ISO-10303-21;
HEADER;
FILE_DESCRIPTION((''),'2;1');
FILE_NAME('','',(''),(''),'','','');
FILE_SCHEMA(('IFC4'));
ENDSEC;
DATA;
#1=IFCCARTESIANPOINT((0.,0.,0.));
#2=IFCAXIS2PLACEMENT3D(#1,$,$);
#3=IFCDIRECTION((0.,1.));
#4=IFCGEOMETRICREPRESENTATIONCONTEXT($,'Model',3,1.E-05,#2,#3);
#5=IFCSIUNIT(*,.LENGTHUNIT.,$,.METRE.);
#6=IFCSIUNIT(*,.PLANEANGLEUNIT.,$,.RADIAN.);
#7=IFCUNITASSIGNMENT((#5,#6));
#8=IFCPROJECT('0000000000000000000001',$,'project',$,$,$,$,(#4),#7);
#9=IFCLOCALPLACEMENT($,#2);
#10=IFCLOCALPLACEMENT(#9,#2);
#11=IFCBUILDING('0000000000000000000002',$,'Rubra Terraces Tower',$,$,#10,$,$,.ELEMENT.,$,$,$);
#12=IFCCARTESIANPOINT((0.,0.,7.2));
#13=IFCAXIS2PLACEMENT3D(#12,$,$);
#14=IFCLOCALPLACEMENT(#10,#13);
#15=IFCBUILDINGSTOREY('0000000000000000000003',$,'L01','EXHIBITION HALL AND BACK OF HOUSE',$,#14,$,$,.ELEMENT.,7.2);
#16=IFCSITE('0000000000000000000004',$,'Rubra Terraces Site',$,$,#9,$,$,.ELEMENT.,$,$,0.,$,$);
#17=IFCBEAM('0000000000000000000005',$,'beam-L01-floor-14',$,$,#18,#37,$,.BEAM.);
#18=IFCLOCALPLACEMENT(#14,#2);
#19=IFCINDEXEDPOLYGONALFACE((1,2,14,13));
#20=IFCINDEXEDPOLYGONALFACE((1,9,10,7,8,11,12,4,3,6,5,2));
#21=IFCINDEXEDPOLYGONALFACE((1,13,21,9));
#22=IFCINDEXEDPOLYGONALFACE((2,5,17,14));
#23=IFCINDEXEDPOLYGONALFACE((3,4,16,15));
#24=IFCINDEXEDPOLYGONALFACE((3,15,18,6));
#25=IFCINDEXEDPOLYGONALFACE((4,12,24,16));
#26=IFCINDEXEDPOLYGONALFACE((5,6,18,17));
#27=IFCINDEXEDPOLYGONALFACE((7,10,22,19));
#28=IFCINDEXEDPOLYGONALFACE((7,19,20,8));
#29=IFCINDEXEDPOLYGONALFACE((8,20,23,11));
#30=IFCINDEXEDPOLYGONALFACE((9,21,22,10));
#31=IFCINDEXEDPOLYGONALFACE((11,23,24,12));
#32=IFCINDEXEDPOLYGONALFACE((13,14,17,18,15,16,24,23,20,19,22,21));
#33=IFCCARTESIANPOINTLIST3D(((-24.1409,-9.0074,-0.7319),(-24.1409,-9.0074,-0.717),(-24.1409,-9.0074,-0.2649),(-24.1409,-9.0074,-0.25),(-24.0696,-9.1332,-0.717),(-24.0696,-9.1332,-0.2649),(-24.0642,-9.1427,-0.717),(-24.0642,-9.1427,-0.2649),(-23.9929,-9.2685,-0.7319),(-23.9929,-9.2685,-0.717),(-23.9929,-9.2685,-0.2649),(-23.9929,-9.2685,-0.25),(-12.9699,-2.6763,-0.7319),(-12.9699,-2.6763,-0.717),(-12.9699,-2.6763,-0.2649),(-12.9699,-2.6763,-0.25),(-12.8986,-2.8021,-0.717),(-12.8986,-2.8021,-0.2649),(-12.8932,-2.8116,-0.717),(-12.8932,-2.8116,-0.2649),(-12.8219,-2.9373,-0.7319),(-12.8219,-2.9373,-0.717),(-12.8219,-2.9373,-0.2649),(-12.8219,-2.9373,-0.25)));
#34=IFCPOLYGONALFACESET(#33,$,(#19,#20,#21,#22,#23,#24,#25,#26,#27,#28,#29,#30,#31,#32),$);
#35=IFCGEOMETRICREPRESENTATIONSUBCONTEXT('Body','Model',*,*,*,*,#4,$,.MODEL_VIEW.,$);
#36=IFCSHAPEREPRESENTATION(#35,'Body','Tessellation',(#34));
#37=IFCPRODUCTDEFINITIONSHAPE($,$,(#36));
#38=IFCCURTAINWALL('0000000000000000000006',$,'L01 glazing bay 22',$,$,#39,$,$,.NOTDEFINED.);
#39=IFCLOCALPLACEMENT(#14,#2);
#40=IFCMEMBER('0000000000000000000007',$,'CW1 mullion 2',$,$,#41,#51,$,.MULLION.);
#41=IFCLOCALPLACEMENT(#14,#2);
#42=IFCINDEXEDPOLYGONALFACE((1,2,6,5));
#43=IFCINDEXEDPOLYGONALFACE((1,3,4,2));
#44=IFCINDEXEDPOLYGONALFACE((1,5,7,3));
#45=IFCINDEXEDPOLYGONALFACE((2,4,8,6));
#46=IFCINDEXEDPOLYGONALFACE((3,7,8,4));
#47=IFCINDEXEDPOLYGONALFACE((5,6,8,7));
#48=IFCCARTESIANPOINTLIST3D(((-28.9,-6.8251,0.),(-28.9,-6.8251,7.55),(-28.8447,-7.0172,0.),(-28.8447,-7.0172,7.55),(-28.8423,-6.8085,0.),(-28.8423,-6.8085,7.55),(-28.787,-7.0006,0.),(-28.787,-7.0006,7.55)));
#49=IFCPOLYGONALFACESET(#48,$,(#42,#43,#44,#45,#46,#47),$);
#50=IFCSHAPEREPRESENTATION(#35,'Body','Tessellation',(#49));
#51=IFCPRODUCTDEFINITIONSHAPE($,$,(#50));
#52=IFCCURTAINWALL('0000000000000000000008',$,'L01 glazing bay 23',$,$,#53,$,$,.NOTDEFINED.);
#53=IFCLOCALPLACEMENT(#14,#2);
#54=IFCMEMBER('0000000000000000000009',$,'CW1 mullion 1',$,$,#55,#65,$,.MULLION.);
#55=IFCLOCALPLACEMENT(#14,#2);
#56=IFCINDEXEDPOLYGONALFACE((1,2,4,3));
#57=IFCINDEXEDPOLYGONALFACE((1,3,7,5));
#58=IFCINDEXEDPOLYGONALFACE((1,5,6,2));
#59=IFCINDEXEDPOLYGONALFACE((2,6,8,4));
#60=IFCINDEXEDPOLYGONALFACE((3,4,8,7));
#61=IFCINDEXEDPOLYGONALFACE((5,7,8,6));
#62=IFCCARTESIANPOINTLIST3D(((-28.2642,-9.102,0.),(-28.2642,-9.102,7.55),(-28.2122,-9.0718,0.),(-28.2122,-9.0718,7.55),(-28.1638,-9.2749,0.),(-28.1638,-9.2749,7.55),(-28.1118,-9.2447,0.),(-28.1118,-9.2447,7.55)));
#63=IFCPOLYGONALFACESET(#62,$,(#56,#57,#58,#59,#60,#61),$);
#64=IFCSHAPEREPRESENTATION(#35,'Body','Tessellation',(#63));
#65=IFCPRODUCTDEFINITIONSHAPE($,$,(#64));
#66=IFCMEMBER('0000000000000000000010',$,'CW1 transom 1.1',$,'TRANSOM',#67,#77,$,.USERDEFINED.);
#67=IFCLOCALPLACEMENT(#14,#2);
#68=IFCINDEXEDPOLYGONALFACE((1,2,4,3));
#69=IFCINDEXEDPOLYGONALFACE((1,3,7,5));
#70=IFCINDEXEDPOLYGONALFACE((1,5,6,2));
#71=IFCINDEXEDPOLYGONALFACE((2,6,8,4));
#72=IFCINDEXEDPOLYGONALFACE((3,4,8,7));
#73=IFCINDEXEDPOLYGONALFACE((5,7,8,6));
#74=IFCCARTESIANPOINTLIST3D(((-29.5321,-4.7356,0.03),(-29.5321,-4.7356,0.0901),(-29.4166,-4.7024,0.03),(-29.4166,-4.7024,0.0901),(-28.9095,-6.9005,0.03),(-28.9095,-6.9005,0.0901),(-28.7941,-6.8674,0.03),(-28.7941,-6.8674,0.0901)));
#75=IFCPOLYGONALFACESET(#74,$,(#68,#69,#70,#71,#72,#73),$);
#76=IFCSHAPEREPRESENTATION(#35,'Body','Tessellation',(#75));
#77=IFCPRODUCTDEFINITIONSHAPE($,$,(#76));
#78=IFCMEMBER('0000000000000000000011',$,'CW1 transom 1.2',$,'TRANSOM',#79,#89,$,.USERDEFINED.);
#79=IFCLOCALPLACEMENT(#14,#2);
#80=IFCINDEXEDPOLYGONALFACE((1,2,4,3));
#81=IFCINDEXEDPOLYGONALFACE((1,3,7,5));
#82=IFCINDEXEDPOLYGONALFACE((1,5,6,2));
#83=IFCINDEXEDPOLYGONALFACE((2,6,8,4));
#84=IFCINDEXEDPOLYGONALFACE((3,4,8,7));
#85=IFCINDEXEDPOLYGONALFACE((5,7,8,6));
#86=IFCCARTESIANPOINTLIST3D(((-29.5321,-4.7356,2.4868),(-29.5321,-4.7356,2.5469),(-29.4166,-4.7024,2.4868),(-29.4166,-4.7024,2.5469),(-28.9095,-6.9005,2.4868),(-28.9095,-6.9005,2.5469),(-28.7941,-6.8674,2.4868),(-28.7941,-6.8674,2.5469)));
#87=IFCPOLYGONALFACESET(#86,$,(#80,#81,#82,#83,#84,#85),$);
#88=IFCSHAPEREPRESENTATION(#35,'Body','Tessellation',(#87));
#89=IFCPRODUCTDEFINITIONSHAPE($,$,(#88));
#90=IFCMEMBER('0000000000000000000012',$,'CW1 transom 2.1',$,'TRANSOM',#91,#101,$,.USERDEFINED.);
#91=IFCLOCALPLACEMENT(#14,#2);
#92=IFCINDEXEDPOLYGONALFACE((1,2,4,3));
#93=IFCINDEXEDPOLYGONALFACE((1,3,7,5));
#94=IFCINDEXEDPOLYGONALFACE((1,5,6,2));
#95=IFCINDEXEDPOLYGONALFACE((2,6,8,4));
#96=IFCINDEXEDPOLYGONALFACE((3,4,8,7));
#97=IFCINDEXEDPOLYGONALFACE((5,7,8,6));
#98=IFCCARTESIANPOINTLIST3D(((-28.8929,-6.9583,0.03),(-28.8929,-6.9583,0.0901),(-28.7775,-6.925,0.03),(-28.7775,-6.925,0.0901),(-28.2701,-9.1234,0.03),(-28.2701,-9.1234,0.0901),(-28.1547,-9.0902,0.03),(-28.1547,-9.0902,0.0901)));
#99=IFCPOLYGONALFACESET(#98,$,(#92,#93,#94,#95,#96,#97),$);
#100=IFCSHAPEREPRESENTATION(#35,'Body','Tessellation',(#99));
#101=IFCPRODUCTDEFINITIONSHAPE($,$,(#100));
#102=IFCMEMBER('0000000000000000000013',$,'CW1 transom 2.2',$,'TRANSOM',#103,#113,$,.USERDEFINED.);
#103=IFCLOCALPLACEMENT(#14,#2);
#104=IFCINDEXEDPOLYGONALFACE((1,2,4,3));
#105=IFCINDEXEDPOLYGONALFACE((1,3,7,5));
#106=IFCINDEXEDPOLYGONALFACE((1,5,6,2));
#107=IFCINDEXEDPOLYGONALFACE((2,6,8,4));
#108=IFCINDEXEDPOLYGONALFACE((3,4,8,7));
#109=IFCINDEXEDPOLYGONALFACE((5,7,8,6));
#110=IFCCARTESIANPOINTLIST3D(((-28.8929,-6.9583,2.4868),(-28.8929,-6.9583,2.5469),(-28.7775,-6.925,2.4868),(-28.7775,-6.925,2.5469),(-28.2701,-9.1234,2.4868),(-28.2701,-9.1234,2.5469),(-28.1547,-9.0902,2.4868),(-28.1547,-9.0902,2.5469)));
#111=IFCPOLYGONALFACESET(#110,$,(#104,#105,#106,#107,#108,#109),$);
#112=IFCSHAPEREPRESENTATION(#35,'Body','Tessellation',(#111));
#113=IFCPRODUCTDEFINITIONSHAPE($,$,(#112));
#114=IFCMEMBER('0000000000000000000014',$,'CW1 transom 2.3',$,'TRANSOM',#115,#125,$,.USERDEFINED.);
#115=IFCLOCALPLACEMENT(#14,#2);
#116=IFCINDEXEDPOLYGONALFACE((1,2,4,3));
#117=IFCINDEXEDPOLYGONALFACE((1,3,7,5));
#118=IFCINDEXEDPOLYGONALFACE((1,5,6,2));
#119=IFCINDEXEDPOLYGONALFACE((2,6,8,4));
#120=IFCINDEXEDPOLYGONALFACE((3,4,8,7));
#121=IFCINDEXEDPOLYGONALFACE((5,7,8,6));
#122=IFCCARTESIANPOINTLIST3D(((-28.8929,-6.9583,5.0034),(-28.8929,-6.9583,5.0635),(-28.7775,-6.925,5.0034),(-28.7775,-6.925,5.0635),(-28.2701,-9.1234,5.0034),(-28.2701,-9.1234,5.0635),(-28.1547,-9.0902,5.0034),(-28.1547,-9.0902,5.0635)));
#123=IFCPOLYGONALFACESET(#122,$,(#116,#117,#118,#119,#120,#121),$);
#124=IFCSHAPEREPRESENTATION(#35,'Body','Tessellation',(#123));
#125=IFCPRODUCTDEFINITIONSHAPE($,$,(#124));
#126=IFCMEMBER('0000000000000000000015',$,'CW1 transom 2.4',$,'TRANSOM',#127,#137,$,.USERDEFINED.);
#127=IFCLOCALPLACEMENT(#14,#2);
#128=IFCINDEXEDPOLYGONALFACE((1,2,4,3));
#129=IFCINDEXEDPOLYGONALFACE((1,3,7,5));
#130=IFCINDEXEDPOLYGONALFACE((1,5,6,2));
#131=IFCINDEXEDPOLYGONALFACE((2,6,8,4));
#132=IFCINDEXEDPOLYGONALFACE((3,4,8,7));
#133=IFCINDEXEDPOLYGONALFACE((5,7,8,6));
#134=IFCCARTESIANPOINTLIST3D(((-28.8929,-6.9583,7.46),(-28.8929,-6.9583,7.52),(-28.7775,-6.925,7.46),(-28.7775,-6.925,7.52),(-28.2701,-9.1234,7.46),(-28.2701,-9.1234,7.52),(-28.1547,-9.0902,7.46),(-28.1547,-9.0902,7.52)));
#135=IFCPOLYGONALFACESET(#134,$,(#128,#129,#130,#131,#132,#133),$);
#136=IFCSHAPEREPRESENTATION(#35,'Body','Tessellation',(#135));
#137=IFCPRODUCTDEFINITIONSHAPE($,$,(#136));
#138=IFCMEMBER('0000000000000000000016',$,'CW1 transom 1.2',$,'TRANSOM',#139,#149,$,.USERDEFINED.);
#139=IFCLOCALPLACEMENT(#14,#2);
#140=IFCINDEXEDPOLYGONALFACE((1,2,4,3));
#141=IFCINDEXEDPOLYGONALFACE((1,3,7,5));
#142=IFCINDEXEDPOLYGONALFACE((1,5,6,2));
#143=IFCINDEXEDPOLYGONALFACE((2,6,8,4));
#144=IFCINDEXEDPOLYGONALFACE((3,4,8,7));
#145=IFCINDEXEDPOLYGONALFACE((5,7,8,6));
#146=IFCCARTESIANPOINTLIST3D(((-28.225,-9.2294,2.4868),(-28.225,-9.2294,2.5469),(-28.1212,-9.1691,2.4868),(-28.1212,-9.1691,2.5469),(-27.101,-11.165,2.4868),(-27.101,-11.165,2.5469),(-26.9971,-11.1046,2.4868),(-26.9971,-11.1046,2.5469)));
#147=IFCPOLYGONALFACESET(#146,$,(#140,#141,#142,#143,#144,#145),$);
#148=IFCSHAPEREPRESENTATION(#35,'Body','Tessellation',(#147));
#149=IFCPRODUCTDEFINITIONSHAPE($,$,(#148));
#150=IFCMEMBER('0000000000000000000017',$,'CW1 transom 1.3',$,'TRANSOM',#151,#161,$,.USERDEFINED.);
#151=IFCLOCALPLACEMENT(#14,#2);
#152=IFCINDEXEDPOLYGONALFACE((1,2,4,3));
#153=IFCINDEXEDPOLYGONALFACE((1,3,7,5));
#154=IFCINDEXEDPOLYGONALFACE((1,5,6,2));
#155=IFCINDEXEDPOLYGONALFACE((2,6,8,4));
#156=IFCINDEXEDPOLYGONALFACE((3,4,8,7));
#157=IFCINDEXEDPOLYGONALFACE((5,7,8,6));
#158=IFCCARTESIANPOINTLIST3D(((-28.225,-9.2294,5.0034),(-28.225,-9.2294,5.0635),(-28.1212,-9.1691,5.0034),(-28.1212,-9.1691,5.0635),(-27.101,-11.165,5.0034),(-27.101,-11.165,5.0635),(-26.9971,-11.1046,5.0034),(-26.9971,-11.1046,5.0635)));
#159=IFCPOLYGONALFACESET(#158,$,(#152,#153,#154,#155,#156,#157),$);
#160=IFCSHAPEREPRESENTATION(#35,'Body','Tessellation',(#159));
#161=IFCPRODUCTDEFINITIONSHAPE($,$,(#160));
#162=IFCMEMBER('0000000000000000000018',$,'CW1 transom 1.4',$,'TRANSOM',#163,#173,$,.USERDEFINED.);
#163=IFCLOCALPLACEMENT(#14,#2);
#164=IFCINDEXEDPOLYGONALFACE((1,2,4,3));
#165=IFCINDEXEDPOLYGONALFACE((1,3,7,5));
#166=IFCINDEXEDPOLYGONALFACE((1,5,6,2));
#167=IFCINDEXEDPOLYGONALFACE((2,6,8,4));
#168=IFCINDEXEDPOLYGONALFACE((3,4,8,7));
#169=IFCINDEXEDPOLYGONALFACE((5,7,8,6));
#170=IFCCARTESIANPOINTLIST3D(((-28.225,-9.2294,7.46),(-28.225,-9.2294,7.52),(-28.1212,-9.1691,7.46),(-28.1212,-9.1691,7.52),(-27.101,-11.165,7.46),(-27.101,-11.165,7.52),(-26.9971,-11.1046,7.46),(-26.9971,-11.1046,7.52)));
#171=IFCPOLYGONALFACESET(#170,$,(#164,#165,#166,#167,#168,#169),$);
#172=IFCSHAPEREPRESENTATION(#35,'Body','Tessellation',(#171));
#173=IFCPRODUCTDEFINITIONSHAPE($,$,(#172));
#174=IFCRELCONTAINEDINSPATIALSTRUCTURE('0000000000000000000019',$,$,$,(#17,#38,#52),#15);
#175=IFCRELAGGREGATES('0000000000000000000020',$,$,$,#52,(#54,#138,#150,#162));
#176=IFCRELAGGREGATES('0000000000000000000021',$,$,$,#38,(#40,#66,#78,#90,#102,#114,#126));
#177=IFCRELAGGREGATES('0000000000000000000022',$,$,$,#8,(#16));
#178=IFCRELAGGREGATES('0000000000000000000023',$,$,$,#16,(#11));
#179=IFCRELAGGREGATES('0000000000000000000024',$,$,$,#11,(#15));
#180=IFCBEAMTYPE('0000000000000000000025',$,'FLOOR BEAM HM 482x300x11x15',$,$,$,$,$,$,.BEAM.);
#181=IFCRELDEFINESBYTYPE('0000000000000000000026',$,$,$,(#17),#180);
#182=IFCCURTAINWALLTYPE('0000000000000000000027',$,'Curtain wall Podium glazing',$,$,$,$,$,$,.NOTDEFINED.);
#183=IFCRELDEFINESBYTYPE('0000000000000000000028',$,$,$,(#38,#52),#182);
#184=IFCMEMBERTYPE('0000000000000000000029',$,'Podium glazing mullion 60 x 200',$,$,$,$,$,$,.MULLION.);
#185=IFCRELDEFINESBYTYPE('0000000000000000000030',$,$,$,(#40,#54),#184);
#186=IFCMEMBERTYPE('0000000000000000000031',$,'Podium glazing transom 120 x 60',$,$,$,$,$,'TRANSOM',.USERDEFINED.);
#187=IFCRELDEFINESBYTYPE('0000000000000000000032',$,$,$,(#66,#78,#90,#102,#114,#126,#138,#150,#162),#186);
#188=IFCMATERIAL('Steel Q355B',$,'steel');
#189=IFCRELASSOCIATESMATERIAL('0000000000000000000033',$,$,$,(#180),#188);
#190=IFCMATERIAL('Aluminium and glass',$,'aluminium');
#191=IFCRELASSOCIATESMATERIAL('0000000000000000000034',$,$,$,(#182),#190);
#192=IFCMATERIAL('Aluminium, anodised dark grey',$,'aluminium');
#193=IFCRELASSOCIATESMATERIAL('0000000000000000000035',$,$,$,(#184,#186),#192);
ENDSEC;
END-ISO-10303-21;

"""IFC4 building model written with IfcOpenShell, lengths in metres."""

from ifc_helpers import new_model, si_unit, direction, frame, origin, origin_2d, place, context, subcontext, project, spatial, rectangle, i_section, extrude, material, material_profile, profile_set, type_object, element, aggregate, save


model = new_model("IFC4")

# Units and contexts
model_context = context("Model", 3, precision=1e-05, world=origin(), true_north=direction((0.0, 1.0)))
body_context = subcontext(model_context, "Body", "Model", "MODEL_VIEW")
ifc_project = project(units=[si_unit("LENGTHUNIT", "METRE"), si_unit("PLANEANGLEUNIT", "RADIAN")], contexts=[model_context])

# Site, building, storey
site_placement = place(None, origin())
site = spatial("IfcSite", under=ifc_project, at=site_placement, Name="Rubra Terraces Site", CompositionType="ELEMENT", RefElevation=0.0)
building_placement = place(site_placement, origin())
building = spatial("IfcBuilding", under=site, at=building_placement, Name="Rubra Terraces Tower", CompositionType="ELEMENT")
storey_placement = place(building_placement, frame((0.0, 0.0, 7.2)))
storey = spatial("IfcBuildingStorey", under=building, at=storey_placement, Name="L01", Description="EXHIBITION HALL AND BACK OF HOUSE", CompositionType="ELEMENT", Elevation=7.2)

# Beam
ifc_material_1 = material(Name="Steel Q355B", Category="steel")
ifc_material_profile_1 = material_profile(ifc_material_1, i_section(OverallWidth=0.3, OverallDepth=0.4819, WebThickness=0.011, FlangeThickness=0.0149, at=origin_2d()), Name="HM 482x300x11x15")
ifc_profile_set_1 = profile_set([ifc_material_profile_1], Name="Steel Q355B")
beam_type_1 = type_object("IfcBeamType", Name="FLOOR BEAM HM 482x300x11x15", PredefinedType="BEAM", material=ifc_profile_set_1)
beam_1_placement = place(storey_placement, frame((-24.0669, -9.1379, -0.491), z_axis=(0.869993, 0.493064, 0.0), x_axis=(-0.493064, 0.869993, 0.0)))
element("IfcBeam", 1, at=beam_1_placement, inside=storey, type_object=beam_type_1, Name="beam-L01-floor-14", PredefinedType="BEAM", context=body_context, shape_type="SweptSolid", body=[
    extrude(i_section(OverallWidth=0.3, OverallDepth=0.4819, WebThickness=0.011, FlangeThickness=0.0149, at=origin_2d()), origin(), (0.0, 0.0, 1.0), 12.8403),
])

# Curtain walls, members
ifc_material_2 = material(Name="Aluminium and glass", Category="aluminium")
curtain_wall_type = type_object("IfcCurtainWallType", Name="Curtain wall Podium glazing", PredefinedType="NOTDEFINED", material=ifc_material_2)
curtain_wall_1_placement = place(storey_placement, origin())
curtain_wall_1 = element("IfcCurtainWall", 2, at=curtain_wall_1_placement, inside=storey, type_object=curtain_wall_type, Name="L01 glazing bay 22", PredefinedType="NOTDEFINED")
ifc_material_3 = material(Name="Aluminium, anodised dark grey", Category="aluminium")
ifc_material_profile_2 = material_profile(ifc_material_3, rectangle(XDim=0.0601, YDim=0.2, at=origin_2d()), Name="AL 60x200")
ifc_profile_set_2 = profile_set([ifc_material_profile_2], Name="Aluminium, anodised dark grey")
member_type_1 = type_object("IfcMemberType", Name="Podium glazing mullion 60 x 200", PredefinedType="MULLION", material=ifc_profile_set_2)
member_1_placement = place(storey_placement, frame((-28.8435, -6.9128, 0.0), z_axis=(0.0, 0.0, 1.0), x_axis=(0.961047, 0.276384, 0.0)))
member_1 = element("IfcMember", 3, at=member_1_placement, type_object=member_type_1, Name="CW1 mullion 2", PredefinedType="MULLION", context=body_context, shape_type="SweptSolid", body=[
    extrude(rectangle(XDim=0.0601, YDim=0.2, at=origin_2d()), origin(), (0.0, 0.0, 1.0), 7.55),
])
curtain_wall_2_placement = place(storey_placement, origin())
curtain_wall_2 = element("IfcCurtainWall", 4, at=curtain_wall_2_placement, inside=storey, type_object=curtain_wall_type, Name="L01 glazing bay 23", PredefinedType="NOTDEFINED")
member_2_placement = place(storey_placement, frame((-28.188, -9.1733, 0.0), z_axis=(0.0, 0.0, 1.0), x_axis=(0.864813, 0.502094, 0.0)))
member_2 = element("IfcMember", 5, at=member_2_placement, type_object=member_type_1, Name="CW1 mullion 1", PredefinedType="MULLION", context=body_context, shape_type="SweptSolid", body=[
    extrude(rectangle(XDim=0.0601, YDim=0.2, at=origin_2d()), origin(), (0.0, 0.0, 1.0), 7.55),
])

# Members
ifc_material_profile_3 = material_profile(ifc_material_3, rectangle(XDim=0.1201, YDim=0.0601, at=origin_2d()), Name="AL 120x60")
ifc_profile_set_3 = profile_set([ifc_material_profile_3], Name="Aluminium, anodised dark grey")
member_type_2 = type_object("IfcMemberType", Name="Podium glazing transom 120 x 60", ElementType="TRANSOM", PredefinedType="USERDEFINED", material=ifc_profile_set_3)
member_3_placement = place(storey_placement, frame((-29.4744, -4.719, 0.0601), z_axis=(0.276352, -0.961056, 0.0), x_axis=(0.961056, 0.276352, 0.0)))
member_3 = element("IfcMember", 6, at=member_3_placement, type_object=member_type_2, Name="CW1 transom 1.1", ObjectType="TRANSOM", PredefinedType="USERDEFINED", context=body_context, shape_type="SweptSolid", body=[
    extrude(rectangle(XDim=0.1201, YDim=0.0601, at=origin_2d()), origin(), (0.0, 0.0, 1.0), 2.2527),
])
member_4_placement = place(storey_placement, frame((-29.4744, -4.719, 2.5168), z_axis=(0.276352, -0.961056, 0.0), x_axis=(0.961056, 0.276352, 0.0)))
member_4 = element("IfcMember", 7, at=member_4_placement, type_object=member_type_2, Name="CW1 transom 1.2", ObjectType="TRANSOM", PredefinedType="USERDEFINED", context=body_context, shape_type="SweptSolid", body=[
    extrude(rectangle(XDim=0.1201, YDim=0.0601, at=origin_2d()), origin(), (0.0, 0.0, 1.0), 2.2527),
])
member_5_placement = place(storey_placement, frame((-28.8352, -6.9417, 0.0601), z_axis=(0.276453, -0.961028, 0.0), x_axis=(0.961028, 0.276453, 0.0)))
member_5 = element("IfcMember", 8, at=member_5_placement, type_object=member_type_2, Name="CW1 transom 2.1", ObjectType="TRANSOM", PredefinedType="USERDEFINED", context=body_context, shape_type="SweptSolid", body=[
    extrude(rectangle(XDim=0.1201, YDim=0.0601, at=origin_2d()), origin(), (0.0, 0.0, 1.0), 2.2529),
])
member_6_placement = place(storey_placement, frame((-28.8352, -6.9417, 2.5168), z_axis=(0.276453, -0.961028, 0.0), x_axis=(0.961028, 0.276453, 0.0)))
member_6 = element("IfcMember", 9, at=member_6_placement, type_object=member_type_2, Name="CW1 transom 2.2", ObjectType="TRANSOM", PredefinedType="USERDEFINED", context=body_context, shape_type="SweptSolid", body=[
    extrude(rectangle(XDim=0.1201, YDim=0.0601, at=origin_2d()), origin(), (0.0, 0.0, 1.0), 2.2529),
])
member_7_placement = place(storey_placement, frame((-28.8352, -6.9417, 5.0334), z_axis=(0.276453, -0.961028, 0.0), x_axis=(0.961028, 0.276453, 0.0)))
member_7 = element("IfcMember", 10, at=member_7_placement, type_object=member_type_2, Name="CW1 transom 2.3", ObjectType="TRANSOM", PredefinedType="USERDEFINED", context=body_context, shape_type="SweptSolid", body=[
    extrude(rectangle(XDim=0.1201, YDim=0.0601, at=origin_2d()), origin(), (0.0, 0.0, 1.0), 2.2529),
])
member_8_placement = place(storey_placement, frame((-28.8352, -6.9417, 7.49), z_axis=(0.276453, -0.961028, 0.0), x_axis=(0.961028, 0.276453, 0.0)))
member_8 = element("IfcMember", 11, at=member_8_placement, type_object=member_type_2, Name="CW1 transom 2.4", ObjectType="TRANSOM", PredefinedType="USERDEFINED", context=body_context, shape_type="SweptSolid", body=[
    extrude(rectangle(XDim=0.1201, YDim=0.0601, at=origin_2d()), origin(), (0.0, 0.0, 1.0), 2.2529),
])
member_9_placement = place(storey_placement, frame((-28.1731, -9.1992, 2.5168), z_axis=(0.502188, -0.864758, 0.0), x_axis=(0.864758, 0.502188, 0.0)))
member_9 = element("IfcMember", 12, at=member_9_placement, type_object=member_type_2, Name="CW1 transom 1.2", ObjectType="TRANSOM", PredefinedType="USERDEFINED", context=body_context, shape_type="SweptSolid", body=[
    extrude(rectangle(XDim=0.1201, YDim=0.0601, at=origin_2d()), origin(), (0.0, 0.0, 1.0), 2.2383),
])
member_10_placement = place(storey_placement, frame((-28.1731, -9.1992, 5.0334), z_axis=(0.502188, -0.864758, 0.0), x_axis=(0.864758, 0.502188, 0.0)))
member_10 = element("IfcMember", 13, at=member_10_placement, type_object=member_type_2, Name="CW1 transom 1.3", ObjectType="TRANSOM", PredefinedType="USERDEFINED", context=body_context, shape_type="SweptSolid", body=[
    extrude(rectangle(XDim=0.1201, YDim=0.0601, at=origin_2d()), origin(), (0.0, 0.0, 1.0), 2.2383),
])
member_11_placement = place(storey_placement, frame((-28.1731, -9.1992, 7.49), z_axis=(0.502188, -0.864758, 0.0), x_axis=(0.864758, 0.502188, 0.0)))
member_11 = element("IfcMember", 14, at=member_11_placement, type_object=member_type_2, Name="CW1 transom 1.4", ObjectType="TRANSOM", PredefinedType="USERDEFINED", context=body_context, shape_type="SweptSolid", body=[
    extrude(rectangle(XDim=0.1201, YDim=0.0601, at=origin_2d()), origin(), (0.0, 0.0, 1.0), 2.2383),
])
aggregate(curtain_wall_2, [member_2, member_9, member_10, member_11])

aggregate(curtain_wall_1, [member_1, member_3, member_4, member_5, member_6, member_7, member_8])

save(model, "model.ifc")
